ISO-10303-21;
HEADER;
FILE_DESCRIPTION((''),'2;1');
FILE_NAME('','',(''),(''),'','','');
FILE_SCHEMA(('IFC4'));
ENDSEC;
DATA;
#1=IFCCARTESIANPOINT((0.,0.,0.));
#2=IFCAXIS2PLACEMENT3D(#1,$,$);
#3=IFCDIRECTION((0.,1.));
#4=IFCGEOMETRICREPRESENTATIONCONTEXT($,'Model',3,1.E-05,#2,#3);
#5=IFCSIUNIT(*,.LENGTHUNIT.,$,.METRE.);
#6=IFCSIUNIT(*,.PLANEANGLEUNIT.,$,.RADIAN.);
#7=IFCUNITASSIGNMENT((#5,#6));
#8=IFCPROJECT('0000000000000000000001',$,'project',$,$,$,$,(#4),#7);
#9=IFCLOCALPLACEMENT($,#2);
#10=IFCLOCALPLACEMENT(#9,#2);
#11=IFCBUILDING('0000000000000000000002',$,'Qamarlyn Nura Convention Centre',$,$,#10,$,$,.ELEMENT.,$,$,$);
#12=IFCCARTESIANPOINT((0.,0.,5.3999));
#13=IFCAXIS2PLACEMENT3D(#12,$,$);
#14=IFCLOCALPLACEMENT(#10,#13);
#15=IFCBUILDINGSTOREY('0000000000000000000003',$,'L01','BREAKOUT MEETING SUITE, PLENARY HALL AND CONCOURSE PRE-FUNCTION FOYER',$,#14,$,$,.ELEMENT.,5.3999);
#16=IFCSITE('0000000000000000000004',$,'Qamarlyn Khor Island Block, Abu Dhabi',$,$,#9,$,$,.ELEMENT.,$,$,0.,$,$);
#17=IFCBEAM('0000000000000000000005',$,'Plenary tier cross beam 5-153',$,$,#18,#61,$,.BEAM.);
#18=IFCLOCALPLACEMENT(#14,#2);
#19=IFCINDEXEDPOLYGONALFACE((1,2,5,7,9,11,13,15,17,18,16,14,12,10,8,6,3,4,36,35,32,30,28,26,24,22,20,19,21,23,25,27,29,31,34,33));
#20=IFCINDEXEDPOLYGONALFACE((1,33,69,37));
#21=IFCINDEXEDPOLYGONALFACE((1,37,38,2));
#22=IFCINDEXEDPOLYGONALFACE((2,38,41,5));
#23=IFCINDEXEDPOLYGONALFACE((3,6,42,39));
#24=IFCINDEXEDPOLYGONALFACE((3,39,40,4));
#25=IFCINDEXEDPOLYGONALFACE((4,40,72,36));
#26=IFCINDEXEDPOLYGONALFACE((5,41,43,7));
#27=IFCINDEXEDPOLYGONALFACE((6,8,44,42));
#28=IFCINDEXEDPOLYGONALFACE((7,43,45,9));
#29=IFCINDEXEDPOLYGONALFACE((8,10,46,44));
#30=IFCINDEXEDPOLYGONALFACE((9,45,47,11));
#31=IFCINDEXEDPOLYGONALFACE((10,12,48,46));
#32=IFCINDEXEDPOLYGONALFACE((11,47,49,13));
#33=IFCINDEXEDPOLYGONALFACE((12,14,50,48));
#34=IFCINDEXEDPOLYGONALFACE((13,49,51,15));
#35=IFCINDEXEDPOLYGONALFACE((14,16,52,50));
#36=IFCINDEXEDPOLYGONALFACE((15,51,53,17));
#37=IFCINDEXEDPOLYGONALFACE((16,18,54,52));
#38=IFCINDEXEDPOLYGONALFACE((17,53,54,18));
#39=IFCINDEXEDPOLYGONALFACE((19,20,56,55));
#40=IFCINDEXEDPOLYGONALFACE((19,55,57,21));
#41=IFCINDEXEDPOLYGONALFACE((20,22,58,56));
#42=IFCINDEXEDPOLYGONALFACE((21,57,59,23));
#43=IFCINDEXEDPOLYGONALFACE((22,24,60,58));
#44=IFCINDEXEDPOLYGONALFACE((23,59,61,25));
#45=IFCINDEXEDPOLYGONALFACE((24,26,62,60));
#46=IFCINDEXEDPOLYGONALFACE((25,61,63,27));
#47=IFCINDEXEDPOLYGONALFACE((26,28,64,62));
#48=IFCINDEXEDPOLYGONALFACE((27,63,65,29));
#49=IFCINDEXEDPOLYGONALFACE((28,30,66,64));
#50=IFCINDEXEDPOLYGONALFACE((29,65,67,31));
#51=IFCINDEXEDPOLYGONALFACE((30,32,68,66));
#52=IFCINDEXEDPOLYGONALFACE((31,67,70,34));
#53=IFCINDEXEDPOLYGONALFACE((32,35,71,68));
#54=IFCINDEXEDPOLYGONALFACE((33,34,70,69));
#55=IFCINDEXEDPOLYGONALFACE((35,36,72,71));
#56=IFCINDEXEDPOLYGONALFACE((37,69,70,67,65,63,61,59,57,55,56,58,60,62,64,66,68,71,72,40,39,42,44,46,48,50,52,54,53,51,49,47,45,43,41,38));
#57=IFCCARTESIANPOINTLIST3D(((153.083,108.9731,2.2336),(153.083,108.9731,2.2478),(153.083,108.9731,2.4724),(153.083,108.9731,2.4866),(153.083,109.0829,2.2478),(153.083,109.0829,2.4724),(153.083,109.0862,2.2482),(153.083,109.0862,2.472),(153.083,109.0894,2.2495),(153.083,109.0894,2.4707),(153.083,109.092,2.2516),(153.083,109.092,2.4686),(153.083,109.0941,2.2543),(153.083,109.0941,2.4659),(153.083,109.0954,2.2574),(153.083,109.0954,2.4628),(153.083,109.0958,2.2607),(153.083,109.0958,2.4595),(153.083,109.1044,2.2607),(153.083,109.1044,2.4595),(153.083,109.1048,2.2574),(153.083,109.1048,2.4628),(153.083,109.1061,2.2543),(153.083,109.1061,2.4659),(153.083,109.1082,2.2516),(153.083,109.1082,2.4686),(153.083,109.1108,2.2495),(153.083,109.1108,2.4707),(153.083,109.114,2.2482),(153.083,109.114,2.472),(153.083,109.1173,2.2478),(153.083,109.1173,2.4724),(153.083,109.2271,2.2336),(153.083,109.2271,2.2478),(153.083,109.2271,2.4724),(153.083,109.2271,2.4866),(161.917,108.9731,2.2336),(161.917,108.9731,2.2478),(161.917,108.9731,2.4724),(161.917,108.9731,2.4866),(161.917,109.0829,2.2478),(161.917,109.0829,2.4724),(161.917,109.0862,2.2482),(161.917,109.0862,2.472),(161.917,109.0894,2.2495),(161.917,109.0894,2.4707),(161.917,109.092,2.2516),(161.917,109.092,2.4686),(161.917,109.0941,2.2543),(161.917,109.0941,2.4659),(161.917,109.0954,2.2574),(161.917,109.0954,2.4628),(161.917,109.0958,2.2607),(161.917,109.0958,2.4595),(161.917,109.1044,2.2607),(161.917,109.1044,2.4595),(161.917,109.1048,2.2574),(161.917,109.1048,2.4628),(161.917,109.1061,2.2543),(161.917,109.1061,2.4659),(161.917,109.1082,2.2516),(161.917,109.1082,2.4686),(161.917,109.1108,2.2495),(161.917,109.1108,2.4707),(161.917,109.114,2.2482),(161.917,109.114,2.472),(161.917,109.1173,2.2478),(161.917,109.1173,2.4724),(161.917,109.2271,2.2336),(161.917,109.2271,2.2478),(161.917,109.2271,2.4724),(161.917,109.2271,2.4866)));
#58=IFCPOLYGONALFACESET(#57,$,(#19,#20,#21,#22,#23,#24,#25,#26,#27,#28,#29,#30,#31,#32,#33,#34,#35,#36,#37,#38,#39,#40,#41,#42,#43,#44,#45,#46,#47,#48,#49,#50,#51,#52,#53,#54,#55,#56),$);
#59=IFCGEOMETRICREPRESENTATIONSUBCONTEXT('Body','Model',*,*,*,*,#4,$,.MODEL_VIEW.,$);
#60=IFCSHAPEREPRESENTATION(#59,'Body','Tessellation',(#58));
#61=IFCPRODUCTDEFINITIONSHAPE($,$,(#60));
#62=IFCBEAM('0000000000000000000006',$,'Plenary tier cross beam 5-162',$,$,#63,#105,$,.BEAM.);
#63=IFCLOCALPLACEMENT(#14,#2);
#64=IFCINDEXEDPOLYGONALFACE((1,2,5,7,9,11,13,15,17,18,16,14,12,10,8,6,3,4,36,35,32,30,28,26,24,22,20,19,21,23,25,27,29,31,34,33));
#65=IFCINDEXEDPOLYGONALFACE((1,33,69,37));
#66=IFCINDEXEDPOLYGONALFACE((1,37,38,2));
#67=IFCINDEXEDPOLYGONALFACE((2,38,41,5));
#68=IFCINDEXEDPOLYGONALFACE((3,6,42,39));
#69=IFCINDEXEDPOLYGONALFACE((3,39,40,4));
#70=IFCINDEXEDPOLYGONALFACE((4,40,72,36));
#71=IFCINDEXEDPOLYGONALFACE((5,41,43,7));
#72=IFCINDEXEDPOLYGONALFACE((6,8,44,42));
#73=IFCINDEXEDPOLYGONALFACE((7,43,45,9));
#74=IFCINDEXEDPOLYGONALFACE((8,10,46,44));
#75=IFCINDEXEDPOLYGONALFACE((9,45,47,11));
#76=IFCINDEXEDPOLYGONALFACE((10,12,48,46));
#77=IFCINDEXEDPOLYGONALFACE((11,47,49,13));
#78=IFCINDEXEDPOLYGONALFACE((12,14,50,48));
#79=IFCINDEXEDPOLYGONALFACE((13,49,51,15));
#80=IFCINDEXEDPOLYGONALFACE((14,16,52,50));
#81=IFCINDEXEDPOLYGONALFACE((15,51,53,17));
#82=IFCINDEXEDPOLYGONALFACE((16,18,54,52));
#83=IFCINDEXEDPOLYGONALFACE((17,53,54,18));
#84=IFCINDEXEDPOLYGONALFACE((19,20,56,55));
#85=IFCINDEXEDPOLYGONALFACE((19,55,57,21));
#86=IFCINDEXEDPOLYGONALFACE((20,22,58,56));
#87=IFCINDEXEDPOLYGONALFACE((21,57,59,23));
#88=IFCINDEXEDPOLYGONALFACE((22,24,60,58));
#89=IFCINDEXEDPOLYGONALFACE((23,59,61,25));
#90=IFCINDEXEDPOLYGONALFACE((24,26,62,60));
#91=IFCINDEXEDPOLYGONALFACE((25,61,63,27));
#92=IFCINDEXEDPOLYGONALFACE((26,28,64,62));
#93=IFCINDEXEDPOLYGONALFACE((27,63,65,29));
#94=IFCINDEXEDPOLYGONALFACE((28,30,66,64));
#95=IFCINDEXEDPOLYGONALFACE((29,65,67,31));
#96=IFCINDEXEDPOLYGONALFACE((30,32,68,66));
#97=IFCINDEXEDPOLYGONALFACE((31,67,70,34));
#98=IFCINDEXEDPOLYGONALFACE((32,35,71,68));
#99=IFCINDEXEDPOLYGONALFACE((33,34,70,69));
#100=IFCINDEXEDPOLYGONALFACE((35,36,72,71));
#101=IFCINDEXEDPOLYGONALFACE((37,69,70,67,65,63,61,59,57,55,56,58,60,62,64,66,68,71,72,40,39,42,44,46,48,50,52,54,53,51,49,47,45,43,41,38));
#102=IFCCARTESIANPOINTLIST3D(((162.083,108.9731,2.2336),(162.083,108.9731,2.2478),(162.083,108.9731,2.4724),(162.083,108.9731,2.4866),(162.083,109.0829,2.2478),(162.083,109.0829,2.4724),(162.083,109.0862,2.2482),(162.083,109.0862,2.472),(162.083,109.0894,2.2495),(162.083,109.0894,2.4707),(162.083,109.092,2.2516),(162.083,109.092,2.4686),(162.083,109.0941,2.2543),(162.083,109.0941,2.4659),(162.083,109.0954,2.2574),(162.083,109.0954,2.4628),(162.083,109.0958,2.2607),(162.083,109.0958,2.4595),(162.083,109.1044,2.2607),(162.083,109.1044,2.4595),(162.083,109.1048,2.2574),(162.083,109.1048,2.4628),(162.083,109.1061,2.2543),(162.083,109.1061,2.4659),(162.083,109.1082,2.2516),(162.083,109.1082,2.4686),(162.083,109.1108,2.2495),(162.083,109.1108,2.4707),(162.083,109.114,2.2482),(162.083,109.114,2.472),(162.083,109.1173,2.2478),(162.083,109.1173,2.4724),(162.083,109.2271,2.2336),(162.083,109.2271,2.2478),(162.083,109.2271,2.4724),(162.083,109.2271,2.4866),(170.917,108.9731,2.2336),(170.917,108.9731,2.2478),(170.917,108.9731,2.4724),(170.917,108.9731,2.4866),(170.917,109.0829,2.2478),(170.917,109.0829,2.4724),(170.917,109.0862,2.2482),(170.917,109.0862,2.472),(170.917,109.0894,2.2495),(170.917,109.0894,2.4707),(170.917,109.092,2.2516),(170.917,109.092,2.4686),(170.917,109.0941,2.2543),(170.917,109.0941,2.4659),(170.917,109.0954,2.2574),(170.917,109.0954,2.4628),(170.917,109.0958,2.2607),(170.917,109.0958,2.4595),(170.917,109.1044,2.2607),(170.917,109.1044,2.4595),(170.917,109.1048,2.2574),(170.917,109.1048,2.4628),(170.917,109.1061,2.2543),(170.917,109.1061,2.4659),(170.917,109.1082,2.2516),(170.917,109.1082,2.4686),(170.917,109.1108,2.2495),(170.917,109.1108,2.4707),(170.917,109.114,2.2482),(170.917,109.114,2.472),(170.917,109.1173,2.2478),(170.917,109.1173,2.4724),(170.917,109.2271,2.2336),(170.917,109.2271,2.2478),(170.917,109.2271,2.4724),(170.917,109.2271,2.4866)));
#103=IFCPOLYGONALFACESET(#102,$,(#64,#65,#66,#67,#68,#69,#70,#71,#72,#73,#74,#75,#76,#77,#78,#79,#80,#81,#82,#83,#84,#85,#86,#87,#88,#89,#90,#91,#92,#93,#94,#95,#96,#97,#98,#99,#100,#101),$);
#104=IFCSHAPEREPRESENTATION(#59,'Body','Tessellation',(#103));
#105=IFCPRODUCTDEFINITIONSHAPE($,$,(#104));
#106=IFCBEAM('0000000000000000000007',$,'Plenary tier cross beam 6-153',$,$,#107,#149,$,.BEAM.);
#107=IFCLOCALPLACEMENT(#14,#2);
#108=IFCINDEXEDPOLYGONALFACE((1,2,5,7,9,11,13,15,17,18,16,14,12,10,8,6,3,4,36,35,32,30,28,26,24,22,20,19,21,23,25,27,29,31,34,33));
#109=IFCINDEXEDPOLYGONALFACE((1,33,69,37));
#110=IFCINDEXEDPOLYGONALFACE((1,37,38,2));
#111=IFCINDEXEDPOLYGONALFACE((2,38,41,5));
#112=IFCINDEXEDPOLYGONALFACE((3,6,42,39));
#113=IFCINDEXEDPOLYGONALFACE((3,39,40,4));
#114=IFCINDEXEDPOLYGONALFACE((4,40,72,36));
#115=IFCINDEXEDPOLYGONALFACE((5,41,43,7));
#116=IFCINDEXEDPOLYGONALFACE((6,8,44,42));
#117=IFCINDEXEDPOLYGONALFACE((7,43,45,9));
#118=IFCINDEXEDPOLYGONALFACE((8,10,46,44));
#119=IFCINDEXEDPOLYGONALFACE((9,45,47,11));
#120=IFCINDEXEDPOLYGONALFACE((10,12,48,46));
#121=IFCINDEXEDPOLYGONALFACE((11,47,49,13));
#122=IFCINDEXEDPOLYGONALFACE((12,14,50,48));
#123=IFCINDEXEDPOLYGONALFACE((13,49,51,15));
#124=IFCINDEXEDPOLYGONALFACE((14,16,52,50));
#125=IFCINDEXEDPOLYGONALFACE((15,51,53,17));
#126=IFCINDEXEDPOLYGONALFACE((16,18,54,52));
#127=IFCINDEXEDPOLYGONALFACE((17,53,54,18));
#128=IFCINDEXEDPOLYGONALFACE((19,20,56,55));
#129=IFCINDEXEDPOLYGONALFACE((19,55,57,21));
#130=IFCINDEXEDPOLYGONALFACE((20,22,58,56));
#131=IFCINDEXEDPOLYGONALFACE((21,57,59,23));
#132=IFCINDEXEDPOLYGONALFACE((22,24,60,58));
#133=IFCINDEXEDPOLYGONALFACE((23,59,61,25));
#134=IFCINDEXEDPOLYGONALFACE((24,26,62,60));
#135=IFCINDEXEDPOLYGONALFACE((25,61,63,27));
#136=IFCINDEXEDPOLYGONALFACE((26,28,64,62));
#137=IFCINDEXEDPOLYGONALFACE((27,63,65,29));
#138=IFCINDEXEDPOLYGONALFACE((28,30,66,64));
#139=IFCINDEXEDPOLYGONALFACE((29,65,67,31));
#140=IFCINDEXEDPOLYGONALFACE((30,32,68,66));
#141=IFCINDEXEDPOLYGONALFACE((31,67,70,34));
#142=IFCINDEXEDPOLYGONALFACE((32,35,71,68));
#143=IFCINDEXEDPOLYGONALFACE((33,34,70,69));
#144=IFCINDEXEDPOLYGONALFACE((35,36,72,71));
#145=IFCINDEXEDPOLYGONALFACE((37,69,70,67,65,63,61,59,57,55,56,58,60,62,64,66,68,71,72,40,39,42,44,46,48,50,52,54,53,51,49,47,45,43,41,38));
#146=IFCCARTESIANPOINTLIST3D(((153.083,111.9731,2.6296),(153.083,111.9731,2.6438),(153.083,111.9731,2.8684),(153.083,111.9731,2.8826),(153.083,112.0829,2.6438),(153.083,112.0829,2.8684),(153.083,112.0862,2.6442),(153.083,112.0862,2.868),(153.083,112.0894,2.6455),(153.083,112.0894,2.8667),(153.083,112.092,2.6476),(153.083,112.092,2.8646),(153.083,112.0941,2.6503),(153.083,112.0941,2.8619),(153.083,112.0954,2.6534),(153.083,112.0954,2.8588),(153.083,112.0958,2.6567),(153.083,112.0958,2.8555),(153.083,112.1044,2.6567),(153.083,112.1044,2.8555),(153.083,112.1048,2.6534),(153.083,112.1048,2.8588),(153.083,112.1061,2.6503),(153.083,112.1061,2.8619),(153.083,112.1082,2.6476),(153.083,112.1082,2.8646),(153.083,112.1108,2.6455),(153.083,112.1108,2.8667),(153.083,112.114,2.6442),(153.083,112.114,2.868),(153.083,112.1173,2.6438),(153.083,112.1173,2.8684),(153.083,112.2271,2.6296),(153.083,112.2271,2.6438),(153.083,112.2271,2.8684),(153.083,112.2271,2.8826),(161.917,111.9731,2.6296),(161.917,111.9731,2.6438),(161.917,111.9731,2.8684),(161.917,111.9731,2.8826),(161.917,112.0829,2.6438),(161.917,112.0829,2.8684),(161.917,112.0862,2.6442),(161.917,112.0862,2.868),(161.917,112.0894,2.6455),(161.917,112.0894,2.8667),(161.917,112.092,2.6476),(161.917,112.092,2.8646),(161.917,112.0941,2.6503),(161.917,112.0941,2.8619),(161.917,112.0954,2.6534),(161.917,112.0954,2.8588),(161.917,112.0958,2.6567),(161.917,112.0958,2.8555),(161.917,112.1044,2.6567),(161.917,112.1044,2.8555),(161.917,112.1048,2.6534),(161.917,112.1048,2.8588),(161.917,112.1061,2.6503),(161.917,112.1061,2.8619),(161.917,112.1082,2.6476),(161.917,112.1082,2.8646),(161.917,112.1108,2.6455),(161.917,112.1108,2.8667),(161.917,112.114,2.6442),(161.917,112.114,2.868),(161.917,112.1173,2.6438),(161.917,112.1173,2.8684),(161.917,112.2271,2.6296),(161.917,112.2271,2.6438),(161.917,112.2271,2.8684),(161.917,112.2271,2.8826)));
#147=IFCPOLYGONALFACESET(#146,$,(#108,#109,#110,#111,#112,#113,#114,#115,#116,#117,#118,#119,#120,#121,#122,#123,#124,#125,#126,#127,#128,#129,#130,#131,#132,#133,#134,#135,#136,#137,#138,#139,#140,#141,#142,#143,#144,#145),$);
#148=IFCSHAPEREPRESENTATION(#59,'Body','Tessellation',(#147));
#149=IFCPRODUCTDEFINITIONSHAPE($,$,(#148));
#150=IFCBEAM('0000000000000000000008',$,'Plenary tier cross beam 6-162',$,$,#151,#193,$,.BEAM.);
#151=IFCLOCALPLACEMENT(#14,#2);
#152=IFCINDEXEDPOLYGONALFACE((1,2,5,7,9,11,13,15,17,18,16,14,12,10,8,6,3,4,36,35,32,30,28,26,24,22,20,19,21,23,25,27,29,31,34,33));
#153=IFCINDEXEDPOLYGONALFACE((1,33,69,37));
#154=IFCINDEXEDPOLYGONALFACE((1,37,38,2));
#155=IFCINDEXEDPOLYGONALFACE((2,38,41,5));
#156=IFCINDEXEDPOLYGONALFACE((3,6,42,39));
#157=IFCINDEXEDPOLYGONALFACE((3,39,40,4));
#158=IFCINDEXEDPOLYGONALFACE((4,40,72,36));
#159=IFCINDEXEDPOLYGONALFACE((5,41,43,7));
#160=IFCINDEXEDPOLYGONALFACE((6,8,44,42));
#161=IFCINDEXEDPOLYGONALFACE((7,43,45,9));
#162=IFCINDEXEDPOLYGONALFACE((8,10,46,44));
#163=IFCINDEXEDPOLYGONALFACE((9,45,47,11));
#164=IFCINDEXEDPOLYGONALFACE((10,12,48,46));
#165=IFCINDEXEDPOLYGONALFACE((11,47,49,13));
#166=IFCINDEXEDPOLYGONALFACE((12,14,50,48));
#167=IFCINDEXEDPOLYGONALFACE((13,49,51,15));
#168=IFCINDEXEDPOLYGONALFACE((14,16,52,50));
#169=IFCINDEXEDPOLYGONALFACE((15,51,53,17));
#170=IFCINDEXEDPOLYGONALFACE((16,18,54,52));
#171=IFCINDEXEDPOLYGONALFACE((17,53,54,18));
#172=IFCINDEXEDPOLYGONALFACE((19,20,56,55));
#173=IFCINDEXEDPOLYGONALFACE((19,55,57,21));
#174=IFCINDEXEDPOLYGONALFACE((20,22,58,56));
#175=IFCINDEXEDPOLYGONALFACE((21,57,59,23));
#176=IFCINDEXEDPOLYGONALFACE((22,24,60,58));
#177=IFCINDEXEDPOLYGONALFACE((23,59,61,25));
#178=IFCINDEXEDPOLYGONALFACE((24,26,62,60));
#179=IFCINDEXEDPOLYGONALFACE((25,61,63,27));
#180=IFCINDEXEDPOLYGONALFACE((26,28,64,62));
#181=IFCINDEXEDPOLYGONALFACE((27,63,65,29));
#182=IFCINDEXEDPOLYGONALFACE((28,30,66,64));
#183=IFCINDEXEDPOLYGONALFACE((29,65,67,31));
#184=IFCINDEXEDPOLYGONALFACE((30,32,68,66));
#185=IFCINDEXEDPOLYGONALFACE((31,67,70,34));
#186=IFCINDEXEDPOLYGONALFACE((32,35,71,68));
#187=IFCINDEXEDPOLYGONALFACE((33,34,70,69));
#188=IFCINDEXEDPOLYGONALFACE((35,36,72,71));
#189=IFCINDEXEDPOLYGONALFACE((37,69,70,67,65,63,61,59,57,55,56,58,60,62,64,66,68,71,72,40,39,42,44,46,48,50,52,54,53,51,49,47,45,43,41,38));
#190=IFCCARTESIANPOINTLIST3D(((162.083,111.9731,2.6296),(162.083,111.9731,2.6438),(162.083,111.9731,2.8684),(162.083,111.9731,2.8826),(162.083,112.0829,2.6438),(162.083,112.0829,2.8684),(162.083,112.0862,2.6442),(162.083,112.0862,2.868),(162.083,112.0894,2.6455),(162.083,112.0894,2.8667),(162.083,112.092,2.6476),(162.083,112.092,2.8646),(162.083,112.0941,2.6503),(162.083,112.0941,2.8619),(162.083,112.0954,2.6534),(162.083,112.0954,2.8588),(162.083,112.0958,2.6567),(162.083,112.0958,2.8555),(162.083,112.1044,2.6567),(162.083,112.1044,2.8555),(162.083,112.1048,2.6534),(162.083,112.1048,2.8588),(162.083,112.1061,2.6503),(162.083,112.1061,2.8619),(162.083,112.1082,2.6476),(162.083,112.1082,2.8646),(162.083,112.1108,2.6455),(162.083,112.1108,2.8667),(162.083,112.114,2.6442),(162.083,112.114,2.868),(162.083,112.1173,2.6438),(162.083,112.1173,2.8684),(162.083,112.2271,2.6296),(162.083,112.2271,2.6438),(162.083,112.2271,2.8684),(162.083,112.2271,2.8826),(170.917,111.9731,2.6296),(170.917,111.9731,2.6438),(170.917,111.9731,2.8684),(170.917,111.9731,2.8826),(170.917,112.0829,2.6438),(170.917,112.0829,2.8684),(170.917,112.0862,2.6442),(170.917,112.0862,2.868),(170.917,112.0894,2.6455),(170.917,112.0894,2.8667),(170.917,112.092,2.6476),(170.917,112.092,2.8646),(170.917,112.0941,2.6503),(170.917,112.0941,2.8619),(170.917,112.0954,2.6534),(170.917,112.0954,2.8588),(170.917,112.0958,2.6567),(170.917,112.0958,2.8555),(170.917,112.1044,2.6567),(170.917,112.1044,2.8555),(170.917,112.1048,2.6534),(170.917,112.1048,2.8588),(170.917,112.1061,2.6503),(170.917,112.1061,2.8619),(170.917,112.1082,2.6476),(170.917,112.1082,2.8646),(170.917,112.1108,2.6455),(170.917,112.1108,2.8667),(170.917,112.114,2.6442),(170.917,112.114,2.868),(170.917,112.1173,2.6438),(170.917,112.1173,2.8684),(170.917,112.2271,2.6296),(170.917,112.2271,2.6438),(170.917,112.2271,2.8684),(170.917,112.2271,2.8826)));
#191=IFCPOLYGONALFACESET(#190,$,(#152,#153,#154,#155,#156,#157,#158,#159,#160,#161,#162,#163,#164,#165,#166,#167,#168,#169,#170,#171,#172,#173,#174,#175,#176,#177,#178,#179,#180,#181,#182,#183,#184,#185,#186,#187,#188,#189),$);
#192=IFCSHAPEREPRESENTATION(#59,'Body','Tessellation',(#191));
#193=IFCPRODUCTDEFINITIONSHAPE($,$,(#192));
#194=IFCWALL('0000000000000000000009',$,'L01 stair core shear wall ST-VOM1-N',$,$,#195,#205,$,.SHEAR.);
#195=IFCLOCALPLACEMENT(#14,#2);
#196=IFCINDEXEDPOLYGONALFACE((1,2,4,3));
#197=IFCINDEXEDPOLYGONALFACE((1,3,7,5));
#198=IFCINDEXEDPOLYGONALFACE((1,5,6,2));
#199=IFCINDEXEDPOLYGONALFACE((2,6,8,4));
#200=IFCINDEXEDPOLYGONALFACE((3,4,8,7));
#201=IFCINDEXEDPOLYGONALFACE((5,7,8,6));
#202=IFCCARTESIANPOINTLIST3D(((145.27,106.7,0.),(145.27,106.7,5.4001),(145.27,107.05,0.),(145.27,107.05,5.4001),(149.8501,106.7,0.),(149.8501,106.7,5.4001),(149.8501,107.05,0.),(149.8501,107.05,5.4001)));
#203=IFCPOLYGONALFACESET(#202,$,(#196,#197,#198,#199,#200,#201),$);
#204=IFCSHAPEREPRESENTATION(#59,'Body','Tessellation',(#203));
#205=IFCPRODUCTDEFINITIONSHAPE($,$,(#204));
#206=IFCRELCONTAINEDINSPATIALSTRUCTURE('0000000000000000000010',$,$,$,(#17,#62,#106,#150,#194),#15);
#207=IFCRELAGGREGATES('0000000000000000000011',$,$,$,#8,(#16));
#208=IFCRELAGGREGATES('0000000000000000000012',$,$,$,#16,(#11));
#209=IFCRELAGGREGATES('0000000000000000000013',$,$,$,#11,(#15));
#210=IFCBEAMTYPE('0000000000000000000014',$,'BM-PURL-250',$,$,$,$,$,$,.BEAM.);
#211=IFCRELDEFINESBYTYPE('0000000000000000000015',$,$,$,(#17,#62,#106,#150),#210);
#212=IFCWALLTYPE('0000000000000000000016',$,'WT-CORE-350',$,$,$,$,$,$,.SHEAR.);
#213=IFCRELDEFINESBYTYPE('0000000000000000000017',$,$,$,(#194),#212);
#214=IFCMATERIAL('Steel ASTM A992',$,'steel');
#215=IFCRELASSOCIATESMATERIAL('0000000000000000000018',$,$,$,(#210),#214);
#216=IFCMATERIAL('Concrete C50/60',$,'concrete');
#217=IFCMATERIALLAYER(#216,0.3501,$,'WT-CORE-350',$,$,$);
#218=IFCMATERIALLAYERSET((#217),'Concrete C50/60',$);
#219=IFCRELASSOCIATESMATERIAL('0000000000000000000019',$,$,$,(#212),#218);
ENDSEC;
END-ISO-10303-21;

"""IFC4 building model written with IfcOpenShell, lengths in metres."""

from ifc_helpers import new_model, si_unit, direction, frame, frame_2d, origin, origin_2d, place, context, subcontext, project, spatial, rectangle, i_section, extrude, material, layer, layer_set, material_profile, profile_set, type_object, element, save


model = new_model("IFC4")

# Units and contexts
model_context = context("Model", 3, precision=1e-05, world=origin(), true_north=direction((0.0, 1.0)))
body_context = subcontext(model_context, "Body", "Model", "MODEL_VIEW")
ifc_project = project(units=[si_unit("LENGTHUNIT", "METRE"), si_unit("PLANEANGLEUNIT", "RADIAN")], contexts=[model_context])

# Site, building, storey
site_placement = place(None, origin())
site = spatial("IfcSite", under=ifc_project, at=site_placement, Name="Qamarlyn Khor Island Block, Abu Dhabi", CompositionType="ELEMENT", RefElevation=0.0)
building_placement = place(site_placement, origin())
building = spatial("IfcBuilding", under=site, at=building_placement, Name="Qamarlyn Nura Convention Centre", CompositionType="ELEMENT")
storey_placement = place(building_placement, frame((0.0, 0.0, 5.3999)))
storey = spatial("IfcBuildingStorey", under=building, at=storey_placement, Name="L01", Description="BREAKOUT MEETING SUITE, PLENARY HALL AND CONCOURSE PRE-FUNCTION FOYER", CompositionType="ELEMENT", Elevation=5.3999)

# Beams
ifc_material_1 = material(Name="Steel ASTM A992", Category="steel")
ifc_material_profile = material_profile(ifc_material_1, i_section(OverallWidth=0.2539, OverallDepth=0.2529, WebThickness=0.0085, FlangeThickness=0.0142, FilletRadius=0.0129, at=origin_2d()), Name="W250X73")
ifc_profile_set = profile_set([ifc_material_profile], Name="Steel ASTM A992")
beam_type = type_object("IfcBeamType", Name="BM-PURL-250", PredefinedType="BEAM", material=ifc_profile_set)
for number, where, z_axis, x_axis, name in (
    (1, (153.083, 109.1001, 2.3601), (1.0, 0.0, 0.0), (0.0, 1.0, 0.0), "Plenary tier cross beam 5-153"),
    (2, (162.083, 109.1001, 2.3601), (1.0, 0.0, 0.0), (0.0, 1.0, 0.0), "Plenary tier cross beam 5-162"),
    (3, (153.083, 112.1001, 2.7561), (1.0, 0.0, 0.0), (0.0, 1.0, 0.0), "Plenary tier cross beam 6-153"),
    (4, (162.083, 112.1001, 2.7561), (1.0, 0.0, 0.0), (0.0, 1.0, 0.0), "Plenary tier cross beam 6-162"),
):
    element("IfcBeam", number, at=place(storey_placement, frame(where, z_axis=z_axis, x_axis=x_axis)), inside=storey, type_object=beam_type, Name=name, PredefinedType="BEAM", context=body_context, shape_type="SweptSolid", body=[
        extrude(i_section(OverallWidth=0.2539, OverallDepth=0.2529, WebThickness=0.0085, FlangeThickness=0.0142, FilletRadius=0.0129, at=origin_2d()), origin(), (0.0, 0.0, 1.0), 8.834),
    ])

# Wall
ifc_material_2 = material(Name="Concrete C50/60", Category="concrete")
ifc_layer = layer(ifc_material_2, 0.3501, Name="WT-CORE-350")
ifc_layer_set = layer_set([ifc_layer], Name="Concrete C50/60")
wall_type = type_object("IfcWallType", Name="WT-CORE-350", PredefinedType="SHEAR", material=ifc_layer_set)
wall_1_placement = place(storey_placement, frame((149.8501, 106.875, 0.0), z_axis=(0.0, 0.0, 1.0), x_axis=(-1.0, 0.0, 0.0)))
element("IfcWall", 5, at=wall_1_placement, inside=storey, type_object=wall_type, Name="L01 stair core shear wall ST-VOM1-N", PredefinedType="SHEAR", context=body_context, shape_type="SweptSolid", body=[
    extrude(rectangle(XDim=4.5801, YDim=0.3501, at=frame_2d((2.29, 0.0))), origin(), (0.0, 0.0, 1.0), 5.4001),
])

save(model, "model.ifc")
